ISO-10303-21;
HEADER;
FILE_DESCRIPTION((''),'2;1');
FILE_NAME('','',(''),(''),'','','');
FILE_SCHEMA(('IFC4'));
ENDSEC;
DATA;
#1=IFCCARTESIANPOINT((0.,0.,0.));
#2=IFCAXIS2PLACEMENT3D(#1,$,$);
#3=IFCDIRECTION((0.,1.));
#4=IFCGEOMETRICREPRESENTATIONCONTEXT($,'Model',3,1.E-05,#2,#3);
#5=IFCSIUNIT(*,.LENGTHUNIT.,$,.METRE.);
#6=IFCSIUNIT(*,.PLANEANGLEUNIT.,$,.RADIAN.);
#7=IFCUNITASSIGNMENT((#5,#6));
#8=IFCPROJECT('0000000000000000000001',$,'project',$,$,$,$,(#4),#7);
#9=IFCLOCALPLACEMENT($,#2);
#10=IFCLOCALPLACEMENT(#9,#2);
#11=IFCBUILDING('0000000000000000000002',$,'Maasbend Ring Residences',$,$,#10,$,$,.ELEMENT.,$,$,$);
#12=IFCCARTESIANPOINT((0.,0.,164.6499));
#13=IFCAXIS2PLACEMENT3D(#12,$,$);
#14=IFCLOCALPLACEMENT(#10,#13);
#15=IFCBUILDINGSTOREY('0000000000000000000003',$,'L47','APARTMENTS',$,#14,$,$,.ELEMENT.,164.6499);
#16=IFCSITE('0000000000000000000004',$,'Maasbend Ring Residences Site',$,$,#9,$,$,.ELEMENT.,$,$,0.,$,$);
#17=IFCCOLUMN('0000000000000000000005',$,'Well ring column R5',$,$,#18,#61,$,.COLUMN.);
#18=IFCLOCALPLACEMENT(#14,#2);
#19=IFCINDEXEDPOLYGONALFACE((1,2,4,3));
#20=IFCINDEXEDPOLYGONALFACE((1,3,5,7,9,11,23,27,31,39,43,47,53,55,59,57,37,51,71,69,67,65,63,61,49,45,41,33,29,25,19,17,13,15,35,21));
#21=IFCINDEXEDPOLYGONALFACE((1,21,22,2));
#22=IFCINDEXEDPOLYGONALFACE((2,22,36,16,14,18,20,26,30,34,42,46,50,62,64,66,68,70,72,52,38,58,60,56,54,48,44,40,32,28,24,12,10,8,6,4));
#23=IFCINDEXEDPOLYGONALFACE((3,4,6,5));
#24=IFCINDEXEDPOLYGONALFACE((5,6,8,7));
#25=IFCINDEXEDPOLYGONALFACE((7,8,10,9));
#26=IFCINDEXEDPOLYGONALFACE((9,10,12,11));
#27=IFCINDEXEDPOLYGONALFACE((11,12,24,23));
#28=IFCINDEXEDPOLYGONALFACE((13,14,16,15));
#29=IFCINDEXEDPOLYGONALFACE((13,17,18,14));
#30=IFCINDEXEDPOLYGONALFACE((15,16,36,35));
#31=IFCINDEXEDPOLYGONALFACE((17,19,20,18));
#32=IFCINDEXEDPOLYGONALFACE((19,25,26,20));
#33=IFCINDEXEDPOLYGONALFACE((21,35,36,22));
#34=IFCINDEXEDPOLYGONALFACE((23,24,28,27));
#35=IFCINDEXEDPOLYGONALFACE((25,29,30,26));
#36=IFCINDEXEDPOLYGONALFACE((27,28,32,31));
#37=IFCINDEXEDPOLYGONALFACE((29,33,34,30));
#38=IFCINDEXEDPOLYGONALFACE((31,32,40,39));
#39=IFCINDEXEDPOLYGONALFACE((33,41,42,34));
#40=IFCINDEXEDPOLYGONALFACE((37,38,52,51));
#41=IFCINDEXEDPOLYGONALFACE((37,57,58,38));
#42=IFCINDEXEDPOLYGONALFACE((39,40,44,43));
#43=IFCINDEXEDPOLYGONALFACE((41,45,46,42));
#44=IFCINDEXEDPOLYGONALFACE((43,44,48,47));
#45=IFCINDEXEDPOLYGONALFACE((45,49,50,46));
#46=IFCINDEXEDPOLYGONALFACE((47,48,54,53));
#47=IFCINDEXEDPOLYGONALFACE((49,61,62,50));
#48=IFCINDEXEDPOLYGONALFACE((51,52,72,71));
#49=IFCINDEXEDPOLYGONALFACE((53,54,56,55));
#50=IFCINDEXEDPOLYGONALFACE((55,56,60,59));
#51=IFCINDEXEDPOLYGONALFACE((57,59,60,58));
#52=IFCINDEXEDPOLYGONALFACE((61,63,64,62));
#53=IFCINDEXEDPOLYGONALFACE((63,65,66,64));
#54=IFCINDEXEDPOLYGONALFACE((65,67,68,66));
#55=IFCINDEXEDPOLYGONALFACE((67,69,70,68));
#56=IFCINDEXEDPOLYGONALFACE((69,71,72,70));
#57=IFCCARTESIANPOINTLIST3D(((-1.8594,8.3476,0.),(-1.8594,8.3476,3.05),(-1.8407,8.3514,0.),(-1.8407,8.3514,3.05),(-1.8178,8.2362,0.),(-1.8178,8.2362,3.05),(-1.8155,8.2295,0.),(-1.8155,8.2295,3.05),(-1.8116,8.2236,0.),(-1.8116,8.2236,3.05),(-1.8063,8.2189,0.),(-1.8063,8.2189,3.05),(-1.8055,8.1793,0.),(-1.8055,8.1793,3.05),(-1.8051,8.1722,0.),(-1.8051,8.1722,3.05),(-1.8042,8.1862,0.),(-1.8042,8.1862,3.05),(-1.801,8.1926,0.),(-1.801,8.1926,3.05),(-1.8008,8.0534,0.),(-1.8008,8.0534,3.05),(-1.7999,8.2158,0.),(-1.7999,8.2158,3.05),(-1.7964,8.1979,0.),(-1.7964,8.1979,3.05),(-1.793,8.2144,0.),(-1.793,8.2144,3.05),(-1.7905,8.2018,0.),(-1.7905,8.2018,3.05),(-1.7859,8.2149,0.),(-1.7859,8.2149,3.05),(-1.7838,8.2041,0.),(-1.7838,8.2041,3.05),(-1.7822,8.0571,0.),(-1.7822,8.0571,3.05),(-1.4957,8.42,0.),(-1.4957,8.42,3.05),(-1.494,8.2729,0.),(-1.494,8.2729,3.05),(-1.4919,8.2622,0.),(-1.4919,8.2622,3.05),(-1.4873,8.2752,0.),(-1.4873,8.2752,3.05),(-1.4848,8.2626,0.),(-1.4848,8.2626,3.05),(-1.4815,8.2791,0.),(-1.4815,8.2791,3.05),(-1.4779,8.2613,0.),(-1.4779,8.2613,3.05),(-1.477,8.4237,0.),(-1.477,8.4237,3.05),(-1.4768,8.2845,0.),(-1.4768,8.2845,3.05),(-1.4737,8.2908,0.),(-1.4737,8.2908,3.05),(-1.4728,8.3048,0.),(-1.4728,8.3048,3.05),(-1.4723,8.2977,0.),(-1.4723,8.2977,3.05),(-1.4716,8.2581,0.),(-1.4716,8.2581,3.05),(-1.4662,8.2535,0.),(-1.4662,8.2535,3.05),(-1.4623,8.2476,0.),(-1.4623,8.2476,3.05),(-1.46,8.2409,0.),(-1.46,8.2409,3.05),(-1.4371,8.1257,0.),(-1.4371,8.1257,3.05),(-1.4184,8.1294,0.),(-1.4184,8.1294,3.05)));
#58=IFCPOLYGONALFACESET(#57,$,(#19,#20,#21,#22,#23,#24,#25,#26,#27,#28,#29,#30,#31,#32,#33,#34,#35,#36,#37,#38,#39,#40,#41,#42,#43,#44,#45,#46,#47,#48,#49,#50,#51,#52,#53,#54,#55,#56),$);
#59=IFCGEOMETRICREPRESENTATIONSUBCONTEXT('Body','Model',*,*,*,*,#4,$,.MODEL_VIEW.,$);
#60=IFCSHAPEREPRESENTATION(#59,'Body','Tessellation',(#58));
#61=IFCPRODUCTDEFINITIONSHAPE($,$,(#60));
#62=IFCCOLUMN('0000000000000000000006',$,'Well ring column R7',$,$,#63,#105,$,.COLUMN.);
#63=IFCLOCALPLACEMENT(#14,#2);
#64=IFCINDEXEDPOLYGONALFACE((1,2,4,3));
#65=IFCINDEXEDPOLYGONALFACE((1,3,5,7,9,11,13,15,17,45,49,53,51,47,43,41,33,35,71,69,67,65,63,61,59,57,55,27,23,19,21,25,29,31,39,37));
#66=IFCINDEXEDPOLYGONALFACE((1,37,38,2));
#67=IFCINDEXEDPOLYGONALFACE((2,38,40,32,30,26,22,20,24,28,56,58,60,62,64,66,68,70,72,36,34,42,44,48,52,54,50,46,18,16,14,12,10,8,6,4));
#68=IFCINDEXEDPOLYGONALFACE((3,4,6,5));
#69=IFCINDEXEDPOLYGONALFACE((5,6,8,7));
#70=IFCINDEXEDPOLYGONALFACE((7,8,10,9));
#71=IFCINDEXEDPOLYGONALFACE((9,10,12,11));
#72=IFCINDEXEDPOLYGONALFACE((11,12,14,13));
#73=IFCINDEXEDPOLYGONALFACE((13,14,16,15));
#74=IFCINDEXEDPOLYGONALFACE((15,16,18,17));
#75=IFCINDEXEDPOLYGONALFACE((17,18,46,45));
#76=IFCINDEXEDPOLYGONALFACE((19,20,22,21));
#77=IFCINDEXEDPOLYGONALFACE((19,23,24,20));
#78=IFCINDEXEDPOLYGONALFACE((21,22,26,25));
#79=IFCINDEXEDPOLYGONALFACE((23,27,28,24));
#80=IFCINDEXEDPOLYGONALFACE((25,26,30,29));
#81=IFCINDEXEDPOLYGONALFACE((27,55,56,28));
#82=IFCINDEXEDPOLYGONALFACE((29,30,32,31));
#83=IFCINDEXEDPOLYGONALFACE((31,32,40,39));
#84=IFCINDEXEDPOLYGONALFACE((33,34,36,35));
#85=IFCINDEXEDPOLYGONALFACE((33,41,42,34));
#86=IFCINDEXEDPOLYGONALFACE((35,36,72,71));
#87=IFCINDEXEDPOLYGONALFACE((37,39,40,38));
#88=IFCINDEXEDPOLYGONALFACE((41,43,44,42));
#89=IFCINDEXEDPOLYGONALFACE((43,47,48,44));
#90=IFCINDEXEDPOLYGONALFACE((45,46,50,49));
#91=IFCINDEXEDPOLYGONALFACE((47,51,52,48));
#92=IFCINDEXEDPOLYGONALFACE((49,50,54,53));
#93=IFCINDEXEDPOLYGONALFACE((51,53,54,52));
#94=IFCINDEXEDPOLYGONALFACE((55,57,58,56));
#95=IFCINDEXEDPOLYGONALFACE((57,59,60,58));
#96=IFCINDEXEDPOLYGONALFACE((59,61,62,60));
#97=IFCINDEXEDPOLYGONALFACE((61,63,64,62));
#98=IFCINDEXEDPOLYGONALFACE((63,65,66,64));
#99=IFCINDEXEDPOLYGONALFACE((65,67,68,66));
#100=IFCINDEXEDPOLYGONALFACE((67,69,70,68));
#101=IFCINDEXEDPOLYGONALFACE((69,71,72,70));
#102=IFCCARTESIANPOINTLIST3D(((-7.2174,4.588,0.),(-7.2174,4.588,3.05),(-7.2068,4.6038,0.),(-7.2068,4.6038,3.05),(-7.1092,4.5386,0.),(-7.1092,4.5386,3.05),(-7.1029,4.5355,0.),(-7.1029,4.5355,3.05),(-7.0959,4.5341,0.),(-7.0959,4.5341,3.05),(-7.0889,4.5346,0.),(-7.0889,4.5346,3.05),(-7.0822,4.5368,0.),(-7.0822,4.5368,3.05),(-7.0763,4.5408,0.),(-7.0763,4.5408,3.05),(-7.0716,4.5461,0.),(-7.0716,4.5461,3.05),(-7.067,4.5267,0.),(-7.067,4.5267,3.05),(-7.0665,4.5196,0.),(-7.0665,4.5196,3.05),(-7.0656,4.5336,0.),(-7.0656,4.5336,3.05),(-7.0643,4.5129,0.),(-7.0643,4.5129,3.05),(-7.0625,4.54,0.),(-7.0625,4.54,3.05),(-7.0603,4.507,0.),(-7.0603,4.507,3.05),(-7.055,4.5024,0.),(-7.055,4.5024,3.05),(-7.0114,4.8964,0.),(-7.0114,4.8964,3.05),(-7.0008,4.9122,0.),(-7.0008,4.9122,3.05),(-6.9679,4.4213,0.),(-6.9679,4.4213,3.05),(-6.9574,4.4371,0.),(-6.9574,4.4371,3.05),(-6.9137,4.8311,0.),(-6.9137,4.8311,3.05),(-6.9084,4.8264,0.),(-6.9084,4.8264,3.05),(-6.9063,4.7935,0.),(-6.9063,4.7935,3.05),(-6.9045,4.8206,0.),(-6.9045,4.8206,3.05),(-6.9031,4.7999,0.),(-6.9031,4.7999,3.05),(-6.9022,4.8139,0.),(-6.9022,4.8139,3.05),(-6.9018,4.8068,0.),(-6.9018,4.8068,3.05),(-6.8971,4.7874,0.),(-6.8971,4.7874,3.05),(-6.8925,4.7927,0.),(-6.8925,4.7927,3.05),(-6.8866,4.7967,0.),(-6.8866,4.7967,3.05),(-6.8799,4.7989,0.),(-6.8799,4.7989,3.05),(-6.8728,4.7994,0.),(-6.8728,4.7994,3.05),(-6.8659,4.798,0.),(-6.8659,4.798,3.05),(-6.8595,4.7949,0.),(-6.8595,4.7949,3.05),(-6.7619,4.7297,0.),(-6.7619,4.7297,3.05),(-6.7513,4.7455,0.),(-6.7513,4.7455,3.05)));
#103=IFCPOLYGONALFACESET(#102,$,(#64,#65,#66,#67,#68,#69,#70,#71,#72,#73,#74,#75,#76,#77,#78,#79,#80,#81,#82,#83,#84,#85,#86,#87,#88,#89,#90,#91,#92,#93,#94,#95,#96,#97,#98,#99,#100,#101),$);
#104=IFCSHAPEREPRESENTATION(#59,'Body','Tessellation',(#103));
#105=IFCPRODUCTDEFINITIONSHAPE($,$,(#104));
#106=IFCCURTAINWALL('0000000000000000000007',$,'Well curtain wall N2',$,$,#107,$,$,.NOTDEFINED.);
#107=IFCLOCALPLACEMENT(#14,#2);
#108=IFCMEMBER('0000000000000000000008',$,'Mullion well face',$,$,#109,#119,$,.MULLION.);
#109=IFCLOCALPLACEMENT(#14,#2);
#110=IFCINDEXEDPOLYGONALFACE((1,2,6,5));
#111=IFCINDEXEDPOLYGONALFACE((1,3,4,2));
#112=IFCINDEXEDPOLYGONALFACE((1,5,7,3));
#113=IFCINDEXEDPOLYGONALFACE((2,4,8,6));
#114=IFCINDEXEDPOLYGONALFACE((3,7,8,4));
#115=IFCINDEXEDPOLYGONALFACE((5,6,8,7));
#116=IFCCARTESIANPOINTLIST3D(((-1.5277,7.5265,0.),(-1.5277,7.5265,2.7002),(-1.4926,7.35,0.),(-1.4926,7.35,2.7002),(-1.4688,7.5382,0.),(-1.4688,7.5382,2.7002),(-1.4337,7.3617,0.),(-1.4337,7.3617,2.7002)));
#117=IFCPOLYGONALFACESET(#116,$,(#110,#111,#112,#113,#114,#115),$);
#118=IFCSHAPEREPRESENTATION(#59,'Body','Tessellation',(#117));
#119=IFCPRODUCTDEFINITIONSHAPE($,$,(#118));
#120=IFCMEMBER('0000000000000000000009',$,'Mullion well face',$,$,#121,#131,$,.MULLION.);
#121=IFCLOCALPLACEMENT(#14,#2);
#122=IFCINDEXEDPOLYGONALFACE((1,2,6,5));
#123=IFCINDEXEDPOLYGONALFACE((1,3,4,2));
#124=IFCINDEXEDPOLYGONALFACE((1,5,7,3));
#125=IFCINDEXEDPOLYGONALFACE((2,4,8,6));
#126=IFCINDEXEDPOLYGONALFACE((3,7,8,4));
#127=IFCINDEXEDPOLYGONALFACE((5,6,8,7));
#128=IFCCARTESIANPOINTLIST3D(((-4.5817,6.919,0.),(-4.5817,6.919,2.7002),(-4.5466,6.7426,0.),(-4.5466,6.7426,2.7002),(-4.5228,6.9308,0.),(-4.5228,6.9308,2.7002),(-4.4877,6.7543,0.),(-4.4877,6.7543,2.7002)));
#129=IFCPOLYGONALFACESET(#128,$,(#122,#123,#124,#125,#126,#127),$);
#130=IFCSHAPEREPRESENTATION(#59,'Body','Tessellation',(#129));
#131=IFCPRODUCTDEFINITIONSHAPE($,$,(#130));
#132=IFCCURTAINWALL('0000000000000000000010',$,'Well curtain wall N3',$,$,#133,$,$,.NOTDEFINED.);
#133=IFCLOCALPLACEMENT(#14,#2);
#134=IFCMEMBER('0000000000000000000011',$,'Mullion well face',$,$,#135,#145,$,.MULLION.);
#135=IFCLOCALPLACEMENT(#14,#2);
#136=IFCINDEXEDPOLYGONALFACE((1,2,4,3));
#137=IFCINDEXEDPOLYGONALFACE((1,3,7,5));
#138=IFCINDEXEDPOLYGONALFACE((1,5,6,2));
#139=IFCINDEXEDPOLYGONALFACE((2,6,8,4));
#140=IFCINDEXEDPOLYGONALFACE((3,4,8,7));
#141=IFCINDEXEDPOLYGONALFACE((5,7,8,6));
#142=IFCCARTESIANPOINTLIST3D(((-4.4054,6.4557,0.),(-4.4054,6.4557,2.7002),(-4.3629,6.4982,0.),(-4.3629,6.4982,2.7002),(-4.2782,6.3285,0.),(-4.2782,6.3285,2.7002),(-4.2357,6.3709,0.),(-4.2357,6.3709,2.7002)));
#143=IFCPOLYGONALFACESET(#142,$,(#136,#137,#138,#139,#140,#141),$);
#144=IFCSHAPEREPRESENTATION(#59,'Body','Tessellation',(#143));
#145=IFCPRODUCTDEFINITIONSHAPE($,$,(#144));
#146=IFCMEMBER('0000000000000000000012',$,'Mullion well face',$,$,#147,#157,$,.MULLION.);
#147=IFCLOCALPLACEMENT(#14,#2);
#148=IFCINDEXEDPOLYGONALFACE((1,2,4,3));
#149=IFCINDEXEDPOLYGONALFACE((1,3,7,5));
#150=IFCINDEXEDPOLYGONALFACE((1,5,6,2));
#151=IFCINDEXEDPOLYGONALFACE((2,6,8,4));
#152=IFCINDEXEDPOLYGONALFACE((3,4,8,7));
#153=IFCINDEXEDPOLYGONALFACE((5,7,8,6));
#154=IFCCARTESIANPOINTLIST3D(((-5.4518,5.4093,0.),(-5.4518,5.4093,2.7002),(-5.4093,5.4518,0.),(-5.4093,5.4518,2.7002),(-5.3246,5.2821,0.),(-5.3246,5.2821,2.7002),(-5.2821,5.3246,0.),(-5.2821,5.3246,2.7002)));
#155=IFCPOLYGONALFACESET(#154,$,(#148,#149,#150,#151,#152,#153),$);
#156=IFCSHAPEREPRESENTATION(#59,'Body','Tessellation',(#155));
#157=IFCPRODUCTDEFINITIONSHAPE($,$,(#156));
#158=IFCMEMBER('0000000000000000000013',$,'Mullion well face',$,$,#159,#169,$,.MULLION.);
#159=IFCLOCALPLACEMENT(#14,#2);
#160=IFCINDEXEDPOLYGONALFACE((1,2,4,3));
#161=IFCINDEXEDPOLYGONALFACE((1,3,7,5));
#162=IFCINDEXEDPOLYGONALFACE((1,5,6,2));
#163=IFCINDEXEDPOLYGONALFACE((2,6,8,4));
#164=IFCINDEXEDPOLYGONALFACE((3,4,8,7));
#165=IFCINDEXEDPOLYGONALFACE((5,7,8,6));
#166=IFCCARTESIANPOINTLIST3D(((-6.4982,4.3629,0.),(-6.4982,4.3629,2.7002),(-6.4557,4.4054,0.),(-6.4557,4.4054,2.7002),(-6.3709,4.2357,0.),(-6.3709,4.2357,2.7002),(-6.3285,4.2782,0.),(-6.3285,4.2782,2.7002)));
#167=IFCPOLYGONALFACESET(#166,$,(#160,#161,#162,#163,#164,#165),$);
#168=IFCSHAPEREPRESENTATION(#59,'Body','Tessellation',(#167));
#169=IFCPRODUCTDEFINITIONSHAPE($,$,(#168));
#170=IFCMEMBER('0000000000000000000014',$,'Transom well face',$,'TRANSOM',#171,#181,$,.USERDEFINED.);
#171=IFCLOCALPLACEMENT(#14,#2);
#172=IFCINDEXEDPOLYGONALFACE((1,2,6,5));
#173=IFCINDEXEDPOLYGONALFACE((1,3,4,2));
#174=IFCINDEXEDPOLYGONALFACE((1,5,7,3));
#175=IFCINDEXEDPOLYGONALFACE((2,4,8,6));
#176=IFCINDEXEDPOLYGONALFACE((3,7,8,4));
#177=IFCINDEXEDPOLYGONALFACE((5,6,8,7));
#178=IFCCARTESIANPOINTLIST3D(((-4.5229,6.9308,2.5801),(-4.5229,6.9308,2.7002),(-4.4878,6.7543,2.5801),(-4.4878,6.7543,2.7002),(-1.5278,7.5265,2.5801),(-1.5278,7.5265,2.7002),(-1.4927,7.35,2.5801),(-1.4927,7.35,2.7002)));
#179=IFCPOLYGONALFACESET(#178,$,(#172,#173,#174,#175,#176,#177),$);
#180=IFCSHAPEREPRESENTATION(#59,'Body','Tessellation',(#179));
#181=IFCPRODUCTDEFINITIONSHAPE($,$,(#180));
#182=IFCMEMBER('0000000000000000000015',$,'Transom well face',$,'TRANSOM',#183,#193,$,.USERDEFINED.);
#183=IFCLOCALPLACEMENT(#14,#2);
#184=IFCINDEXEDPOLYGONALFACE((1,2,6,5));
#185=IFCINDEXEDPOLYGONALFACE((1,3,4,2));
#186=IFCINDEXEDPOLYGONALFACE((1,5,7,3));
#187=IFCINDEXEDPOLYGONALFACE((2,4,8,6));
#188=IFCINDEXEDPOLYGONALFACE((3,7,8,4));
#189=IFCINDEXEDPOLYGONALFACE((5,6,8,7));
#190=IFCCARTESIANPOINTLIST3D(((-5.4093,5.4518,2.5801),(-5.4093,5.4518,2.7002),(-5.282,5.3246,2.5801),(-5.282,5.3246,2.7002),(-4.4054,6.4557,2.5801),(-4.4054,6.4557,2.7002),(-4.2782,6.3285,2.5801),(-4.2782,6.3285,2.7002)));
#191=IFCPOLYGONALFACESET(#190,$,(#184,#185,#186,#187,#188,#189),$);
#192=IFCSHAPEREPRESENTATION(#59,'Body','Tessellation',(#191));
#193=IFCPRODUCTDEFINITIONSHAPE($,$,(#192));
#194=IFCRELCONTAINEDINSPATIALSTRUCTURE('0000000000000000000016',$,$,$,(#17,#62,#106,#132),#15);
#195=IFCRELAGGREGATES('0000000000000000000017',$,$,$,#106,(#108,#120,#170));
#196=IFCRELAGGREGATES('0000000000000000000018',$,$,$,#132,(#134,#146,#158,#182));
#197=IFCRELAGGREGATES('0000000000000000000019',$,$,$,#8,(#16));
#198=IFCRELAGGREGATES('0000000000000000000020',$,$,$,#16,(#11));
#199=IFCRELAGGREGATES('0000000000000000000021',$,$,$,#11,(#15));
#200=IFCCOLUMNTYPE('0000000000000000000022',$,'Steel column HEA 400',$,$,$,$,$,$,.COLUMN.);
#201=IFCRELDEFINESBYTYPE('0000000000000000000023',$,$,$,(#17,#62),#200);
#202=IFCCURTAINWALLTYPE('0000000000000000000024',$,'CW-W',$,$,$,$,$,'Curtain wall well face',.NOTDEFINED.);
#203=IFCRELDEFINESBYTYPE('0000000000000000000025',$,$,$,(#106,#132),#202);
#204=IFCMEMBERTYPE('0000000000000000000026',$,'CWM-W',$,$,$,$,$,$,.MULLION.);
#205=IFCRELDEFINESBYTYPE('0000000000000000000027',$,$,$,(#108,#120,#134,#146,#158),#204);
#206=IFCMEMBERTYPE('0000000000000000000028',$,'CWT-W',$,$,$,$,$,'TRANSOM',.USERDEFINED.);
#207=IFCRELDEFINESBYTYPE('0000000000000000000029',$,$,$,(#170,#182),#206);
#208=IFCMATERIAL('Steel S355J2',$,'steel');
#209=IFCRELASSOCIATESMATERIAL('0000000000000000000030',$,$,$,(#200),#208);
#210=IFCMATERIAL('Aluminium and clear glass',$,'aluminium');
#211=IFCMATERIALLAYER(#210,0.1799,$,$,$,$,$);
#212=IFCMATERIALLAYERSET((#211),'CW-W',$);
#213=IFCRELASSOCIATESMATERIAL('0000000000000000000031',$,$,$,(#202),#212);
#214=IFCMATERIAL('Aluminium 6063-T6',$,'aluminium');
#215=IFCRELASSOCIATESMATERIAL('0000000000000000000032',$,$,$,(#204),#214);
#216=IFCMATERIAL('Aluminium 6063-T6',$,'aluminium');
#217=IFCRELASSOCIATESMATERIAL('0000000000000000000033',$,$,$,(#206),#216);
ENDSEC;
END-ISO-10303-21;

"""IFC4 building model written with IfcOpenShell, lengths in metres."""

from ifc_helpers import new_model, si_unit, direction, frame, origin, origin_2d, place, context, subcontext, project, spatial, rectangle, i_section, extrude, material, layer, layer_set, material_profile, profile_set, type_object, element, aggregate, save


model = new_model("IFC4")

# Units and contexts
model_context = context("Model", 3, precision=1e-05, world=origin(), true_north=direction((0.0, 1.0)))
body_context = subcontext(model_context, "Body", "Model", "MODEL_VIEW")
ifc_project = project(units=[si_unit("LENGTHUNIT", "METRE"), si_unit("PLANEANGLEUNIT", "RADIAN")], contexts=[model_context])

# Site, building, storey
site_placement = place(None, origin())
site = spatial("IfcSite", under=ifc_project, at=site_placement, Name="Maasbend Ring Residences Site", CompositionType="ELEMENT", RefElevation=0.0)
building_placement = place(site_placement, origin())
building = spatial("IfcBuilding", under=site, at=building_placement, Name="Maasbend Ring Residences", CompositionType="ELEMENT")
storey_placement = place(building_placement, frame((0.0, 0.0, 164.6499)))
storey = spatial("IfcBuildingStorey", under=building, at=storey_placement, Name="L47", Description="APARTMENTS", CompositionType="ELEMENT", Elevation=164.6499)

# Columns
ifc_material_1 = material(Name="Steel S355J2", Category="steel")
ifc_material_profile_1 = material_profile(ifc_material_1, i_section(OverallWidth=0.3, OverallDepth=0.3899, WebThickness=0.011, FlangeThickness=0.019, FilletRadius=0.0271, at=origin_2d()), Name="HEA 400")
ifc_profile_set_1 = profile_set([ifc_material_profile_1], Name="Steel S355J2")
column_type = type_object("IfcColumnType", Name="Steel column HEA 400", PredefinedType="COLUMN", material=ifc_profile_set_1)
for number, where, z_axis, x_axis, name in (
    (1, (-1.6389, 8.2385, 0.0), (0.0, 0.0, 1.0), (-0.19509, 0.980785, 0.0), "Well ring column R5"),
    (2, (-6.9844, 4.6667, 0.0), (0.0, 0.0, 1.0), (-0.83147, 0.55557, 0.0), "Well ring column R7"),
):
    element("IfcColumn", number, at=place(storey_placement, frame(where, z_axis=z_axis, x_axis=x_axis)), inside=storey, type_object=column_type, Name=name, PredefinedType="COLUMN", context=body_context, shape_type="SweptSolid", body=[
        extrude(i_section(OverallWidth=0.3, OverallDepth=0.3899, WebThickness=0.011, FlangeThickness=0.019, FilletRadius=0.0271, at=origin_2d()), origin(), (0.0, 0.0, 1.0), 3.05),
    ])

# Curtain walls, members
ifc_material_2 = material(Name="Aluminium and clear glass", Category="aluminium")
ifc_layer_1 = layer(ifc_material_2, 0.1799)
ifc_layer_set_1 = layer_set([ifc_layer_1], Name="CW-W")
curtain_wall_type = type_object("IfcCurtainWallType", Name="CW-W", ElementType="Curtain wall well face", PredefinedType="NOTDEFINED", material=ifc_layer_set_1)
curtain_wall_1_placement = place(storey_placement, origin())
curtain_wall_1 = element("IfcCurtainWall", 3, at=curtain_wall_1_placement, inside=storey, type_object=curtain_wall_type, Name="Well curtain wall N2", PredefinedType="NOTDEFINED")
ifc_material_3 = material(Name="Aluminium 6063-T6", Category="aluminium")
ifc_material_profile_2 = material_profile(ifc_material_3, rectangle(XDim=0.1799, YDim=0.0601, at=origin_2d()), Name="AL 180x60")
ifc_profile_set_2 = profile_set([ifc_material_profile_2], Name="Aluminium 6063-T6")
member_type_1 = type_object("IfcMemberType", Name="CWM-W", PredefinedType="MULLION", material=ifc_profile_set_2)
member_1_placement = place(storey_placement, frame((-1.4807, 7.4441, 0.0), z_axis=(0.0, 0.0, 1.0), x_axis=(0.19509, -0.980785, 0.0)))
member_1 = element("IfcMember", 4, at=member_1_placement, type_object=member_type_1, Name="Mullion well face", PredefinedType="MULLION", context=body_context, shape_type="SweptSolid", body=[
    extrude(rectangle(XDim=0.1799, YDim=0.0601, at=origin_2d()), origin(), (0.0, 0.0, 1.0), 2.7002),
])
member_2_placement = place(storey_placement, frame((-4.5347, 6.8367, 0.0), z_axis=(0.0, 0.0, 1.0), x_axis=(0.19509, -0.980785, 0.0)))
member_2 = element("IfcMember", 5, at=member_2_placement, type_object=member_type_1, Name="Mullion well face", PredefinedType="MULLION", context=body_context, shape_type="SweptSolid", body=[
    extrude(rectangle(XDim=0.1799, YDim=0.0601, at=origin_2d()), origin(), (0.0, 0.0, 1.0), 2.7002),
])
curtain_wall_2_placement = place(storey_placement, origin())
curtain_wall_2 = element("IfcCurtainWall", 6, at=curtain_wall_2_placement, inside=storey, type_object=curtain_wall_type, Name="Well curtain wall N3", PredefinedType="NOTDEFINED")
member_3_placement = place(storey_placement, frame((-4.3206, 6.4133, 0.0), z_axis=(0.0, 0.0, 1.0), x_axis=(0.707107, -0.707107, 0.0)))
member_3 = element("IfcMember", 7, at=member_3_placement, type_object=member_type_1, Name="Mullion well face", PredefinedType="MULLION", context=body_context, shape_type="SweptSolid", body=[
    extrude(rectangle(XDim=0.1799, YDim=0.0601, at=origin_2d()), origin(), (0.0, 0.0, 1.0), 2.7002),
])
member_4_placement = place(storey_placement, frame((-5.3669, 5.3669, 0.0), z_axis=(0.0, 0.0, 1.0), x_axis=(0.707107, -0.707107, 0.0)))
member_4 = element("IfcMember", 8, at=member_4_placement, type_object=member_type_1, Name="Mullion well face", PredefinedType="MULLION", context=body_context, shape_type="SweptSolid", body=[
    extrude(rectangle(XDim=0.1799, YDim=0.0601, at=origin_2d()), origin(), (0.0, 0.0, 1.0), 2.7002),
])
member_5_placement = place(storey_placement, frame((-6.4133, 4.3206, 0.0), z_axis=(0.0, 0.0, 1.0), x_axis=(0.707107, -0.707107, 0.0)))
member_5 = element("IfcMember", 9, at=member_5_placement, type_object=member_type_1, Name="Mullion well face", PredefinedType="MULLION", context=body_context, shape_type="SweptSolid", body=[
    extrude(rectangle(XDim=0.1799, YDim=0.0601, at=origin_2d()), origin(), (0.0, 0.0, 1.0), 2.7002),
])

# Members
ifc_material_4 = material(Name="Aluminium 6063-T6", Category="aluminium")
ifc_material_profile_3 = material_profile(ifc_material_4, rectangle(XDim=0.1799, YDim=0.1201, at=origin_2d()), Name="AL 180x120")
ifc_profile_set_3 = profile_set([ifc_material_profile_3], Name="Aluminium 6063-T6")
member_type_2 = type_object("IfcMemberType", Name="CWT-W", ElementType="TRANSOM", PredefinedType="USERDEFINED", material=ifc_profile_set_3)
member_6_placement = place(storey_placement, frame((-1.5103, 7.4382, 2.6401), z_axis=(-0.980789, -0.195071, 0.0), x_axis=(0.195071, -0.980789, 0.0)))
member_6 = element("IfcMember", 10, at=member_6_placement, type_object=member_type_2, Name="Transom well face", ObjectType="TRANSOM", PredefinedType="USERDEFINED", context=body_context, shape_type="SweptSolid", body=[
    extrude(rectangle(XDim=0.1799, YDim=0.1201, at=origin_2d()), origin(), (0.0, 0.0, 1.0), 3.0537),
])
member_7_placement = place(storey_placement, frame((-4.3418, 6.3921, 2.6401), z_axis=(-0.707107, -0.707107, 0.0), x_axis=(0.707107, -0.707107, 0.0)))
member_7 = element("IfcMember", 11, at=member_7_placement, type_object=member_type_2, Name="Transom well face", ObjectType="TRANSOM", PredefinedType="USERDEFINED", context=body_context, shape_type="SweptSolid", body=[
    extrude(rectangle(XDim=0.1799, YDim=0.1201, at=origin_2d()), origin(), (0.0, 0.0, 1.0), 1.4197),
])

aggregate(curtain_wall_1, [member_1, member_2, member_6])
aggregate(curtain_wall_2, [member_3, member_4, member_5, member_7])

save(model, "model.ifc")
